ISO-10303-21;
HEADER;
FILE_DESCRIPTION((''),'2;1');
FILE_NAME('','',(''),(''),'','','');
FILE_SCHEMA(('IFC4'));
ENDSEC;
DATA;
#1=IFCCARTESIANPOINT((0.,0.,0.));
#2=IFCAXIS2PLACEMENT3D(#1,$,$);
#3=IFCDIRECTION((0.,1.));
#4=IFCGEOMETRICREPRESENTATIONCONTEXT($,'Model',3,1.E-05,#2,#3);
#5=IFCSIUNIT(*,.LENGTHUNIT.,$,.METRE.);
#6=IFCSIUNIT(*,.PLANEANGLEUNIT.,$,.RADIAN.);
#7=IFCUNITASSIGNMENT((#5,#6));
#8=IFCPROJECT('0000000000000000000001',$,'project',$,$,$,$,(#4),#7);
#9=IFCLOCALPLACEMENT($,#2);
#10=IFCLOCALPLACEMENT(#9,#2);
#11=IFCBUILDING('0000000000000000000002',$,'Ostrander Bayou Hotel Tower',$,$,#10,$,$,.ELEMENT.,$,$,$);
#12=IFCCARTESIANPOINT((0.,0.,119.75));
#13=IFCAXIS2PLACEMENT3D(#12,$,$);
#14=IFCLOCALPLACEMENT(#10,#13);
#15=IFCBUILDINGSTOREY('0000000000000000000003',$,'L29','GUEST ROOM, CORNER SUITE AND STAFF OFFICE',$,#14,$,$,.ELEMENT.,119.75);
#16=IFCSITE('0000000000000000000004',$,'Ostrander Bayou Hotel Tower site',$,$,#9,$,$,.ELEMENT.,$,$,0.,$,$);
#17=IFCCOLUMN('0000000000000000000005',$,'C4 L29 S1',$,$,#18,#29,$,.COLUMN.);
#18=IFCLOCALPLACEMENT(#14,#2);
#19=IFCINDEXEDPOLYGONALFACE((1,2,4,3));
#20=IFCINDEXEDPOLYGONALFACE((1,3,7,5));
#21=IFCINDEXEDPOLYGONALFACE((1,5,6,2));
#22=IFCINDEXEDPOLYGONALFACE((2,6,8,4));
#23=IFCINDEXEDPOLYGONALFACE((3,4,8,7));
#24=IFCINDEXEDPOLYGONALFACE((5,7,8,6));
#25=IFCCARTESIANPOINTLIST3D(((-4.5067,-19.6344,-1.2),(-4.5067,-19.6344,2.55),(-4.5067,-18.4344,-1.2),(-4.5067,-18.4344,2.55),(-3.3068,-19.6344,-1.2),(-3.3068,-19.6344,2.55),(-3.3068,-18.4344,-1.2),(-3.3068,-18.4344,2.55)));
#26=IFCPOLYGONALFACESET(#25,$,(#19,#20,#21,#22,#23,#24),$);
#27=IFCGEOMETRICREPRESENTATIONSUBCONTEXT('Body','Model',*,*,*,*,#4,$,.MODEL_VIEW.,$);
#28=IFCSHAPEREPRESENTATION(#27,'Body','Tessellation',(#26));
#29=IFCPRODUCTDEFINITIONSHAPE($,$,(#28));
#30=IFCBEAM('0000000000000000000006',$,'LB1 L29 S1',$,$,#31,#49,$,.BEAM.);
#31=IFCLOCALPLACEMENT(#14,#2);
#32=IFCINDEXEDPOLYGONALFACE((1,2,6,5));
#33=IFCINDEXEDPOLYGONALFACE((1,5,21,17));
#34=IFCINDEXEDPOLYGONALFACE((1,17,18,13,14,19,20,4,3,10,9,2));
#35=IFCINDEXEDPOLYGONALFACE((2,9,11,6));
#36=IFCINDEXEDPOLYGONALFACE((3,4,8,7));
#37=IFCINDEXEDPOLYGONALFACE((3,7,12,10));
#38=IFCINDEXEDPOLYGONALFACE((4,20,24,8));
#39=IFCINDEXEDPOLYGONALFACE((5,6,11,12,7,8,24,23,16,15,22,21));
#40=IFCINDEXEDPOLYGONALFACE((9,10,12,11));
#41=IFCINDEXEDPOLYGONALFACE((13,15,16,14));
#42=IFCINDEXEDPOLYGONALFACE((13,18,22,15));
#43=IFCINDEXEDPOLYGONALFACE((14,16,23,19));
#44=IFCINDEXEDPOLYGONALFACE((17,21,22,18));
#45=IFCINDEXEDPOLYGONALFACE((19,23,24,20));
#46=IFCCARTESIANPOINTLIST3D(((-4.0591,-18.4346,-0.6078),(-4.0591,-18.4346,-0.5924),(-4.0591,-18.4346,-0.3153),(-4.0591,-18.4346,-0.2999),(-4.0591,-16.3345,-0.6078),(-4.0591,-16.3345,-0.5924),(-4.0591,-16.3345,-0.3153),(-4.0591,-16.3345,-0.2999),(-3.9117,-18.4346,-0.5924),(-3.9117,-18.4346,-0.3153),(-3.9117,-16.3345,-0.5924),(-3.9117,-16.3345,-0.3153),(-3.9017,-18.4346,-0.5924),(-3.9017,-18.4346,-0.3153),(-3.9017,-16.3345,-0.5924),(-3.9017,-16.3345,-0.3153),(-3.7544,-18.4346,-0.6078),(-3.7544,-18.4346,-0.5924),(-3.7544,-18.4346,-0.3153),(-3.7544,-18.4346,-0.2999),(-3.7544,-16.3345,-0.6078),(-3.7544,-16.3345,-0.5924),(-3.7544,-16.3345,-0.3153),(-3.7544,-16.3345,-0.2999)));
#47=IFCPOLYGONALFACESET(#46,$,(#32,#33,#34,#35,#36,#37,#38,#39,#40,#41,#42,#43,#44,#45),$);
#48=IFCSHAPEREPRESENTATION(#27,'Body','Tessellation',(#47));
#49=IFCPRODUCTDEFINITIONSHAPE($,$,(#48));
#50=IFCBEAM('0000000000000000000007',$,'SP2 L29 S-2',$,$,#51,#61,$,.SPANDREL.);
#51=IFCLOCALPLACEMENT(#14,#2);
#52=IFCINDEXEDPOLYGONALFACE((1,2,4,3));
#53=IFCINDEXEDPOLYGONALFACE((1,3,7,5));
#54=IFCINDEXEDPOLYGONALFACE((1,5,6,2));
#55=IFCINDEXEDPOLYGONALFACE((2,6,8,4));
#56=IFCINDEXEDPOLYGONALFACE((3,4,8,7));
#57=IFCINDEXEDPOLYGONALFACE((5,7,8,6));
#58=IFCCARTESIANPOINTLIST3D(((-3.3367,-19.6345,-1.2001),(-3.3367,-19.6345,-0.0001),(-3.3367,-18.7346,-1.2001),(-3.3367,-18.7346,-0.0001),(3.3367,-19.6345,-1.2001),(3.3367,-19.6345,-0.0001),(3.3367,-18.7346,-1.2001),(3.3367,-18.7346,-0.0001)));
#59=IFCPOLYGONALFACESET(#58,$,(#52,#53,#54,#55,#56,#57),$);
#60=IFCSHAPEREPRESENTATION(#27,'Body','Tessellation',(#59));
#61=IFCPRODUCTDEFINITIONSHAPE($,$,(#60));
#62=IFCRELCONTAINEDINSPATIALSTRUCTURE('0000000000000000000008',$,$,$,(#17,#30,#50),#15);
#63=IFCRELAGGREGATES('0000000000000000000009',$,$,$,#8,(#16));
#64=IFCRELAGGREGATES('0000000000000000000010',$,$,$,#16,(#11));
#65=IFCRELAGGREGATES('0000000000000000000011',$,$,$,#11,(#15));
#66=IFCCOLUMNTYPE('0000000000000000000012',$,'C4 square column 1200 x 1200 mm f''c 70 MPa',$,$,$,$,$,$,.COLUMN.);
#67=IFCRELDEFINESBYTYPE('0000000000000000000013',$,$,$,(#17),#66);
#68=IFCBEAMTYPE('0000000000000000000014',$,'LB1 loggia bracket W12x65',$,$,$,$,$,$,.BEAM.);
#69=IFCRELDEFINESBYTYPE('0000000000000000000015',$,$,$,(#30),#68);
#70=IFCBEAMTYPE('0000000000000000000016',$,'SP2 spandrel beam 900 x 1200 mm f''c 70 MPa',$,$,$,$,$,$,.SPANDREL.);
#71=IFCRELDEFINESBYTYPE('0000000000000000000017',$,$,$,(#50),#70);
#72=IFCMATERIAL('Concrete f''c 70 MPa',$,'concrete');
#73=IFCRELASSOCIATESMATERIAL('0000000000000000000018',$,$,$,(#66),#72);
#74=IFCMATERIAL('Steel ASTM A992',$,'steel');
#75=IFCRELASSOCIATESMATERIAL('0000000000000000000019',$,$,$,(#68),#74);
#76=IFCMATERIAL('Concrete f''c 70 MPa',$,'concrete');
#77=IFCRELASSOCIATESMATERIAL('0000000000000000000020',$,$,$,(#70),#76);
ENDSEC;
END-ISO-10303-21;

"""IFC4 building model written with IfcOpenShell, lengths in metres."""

from ifc_helpers import new_model, si_unit, direction, frame, origin, origin_2d, place, context, subcontext, project, spatial, rectangle, i_section, extrude, material, material_profile, profile_set, type_object, element, save


model = new_model("IFC4")

# Units and contexts
model_context = context("Model", 3, precision=1e-05, world=origin(), true_north=direction((0.0, 1.0)))
body_context = subcontext(model_context, "Body", "Model", "MODEL_VIEW")
ifc_project = project(units=[si_unit("LENGTHUNIT", "METRE"), si_unit("PLANEANGLEUNIT", "RADIAN")], contexts=[model_context])

# Site, building, storey
site_placement = place(None, origin())
site = spatial("IfcSite", under=ifc_project, at=site_placement, Name="Ostrander Bayou Hotel Tower site", CompositionType="ELEMENT", RefElevation=0.0)
building_placement = place(site_placement, origin())
building = spatial("IfcBuilding", under=site, at=building_placement, Name="Ostrander Bayou Hotel Tower", CompositionType="ELEMENT")
storey_placement = place(building_placement, frame((0.0, 0.0, 119.75)))
storey = spatial("IfcBuildingStorey", under=building, at=storey_placement, Name="L29", Description="GUEST ROOM, CORNER SUITE AND STAFF OFFICE", CompositionType="ELEMENT", Elevation=119.75)

# Column
ifc_material_1 = material(Name="Concrete f'c 70 MPa", Category="concrete")
ifc_material_profile_1 = material_profile(ifc_material_1, rectangle(XDim=1.2, YDim=1.2, at=origin_2d()))
ifc_profile_set_1 = profile_set([ifc_material_profile_1], Name="Concrete f'c 70 MPa")
column_type = type_object("IfcColumnType", Name="C4 square column 1200 x 1200 mm f'c 70 MPa", PredefinedType="COLUMN", material=ifc_profile_set_1)
column_placement = place(storey_placement, frame((-3.9067, -19.0344, -1.2), z_axis=(0.0, 0.0, 1.0), x_axis=(-1.0, 0.0, 0.0)))
element("IfcColumn", 1, at=column_placement, inside=storey, type_object=column_type, Name="C4 L29 S1", PredefinedType="COLUMN", context=body_context, shape_type="SweptSolid", body=[
    extrude(rectangle(XDim=1.2, YDim=1.2, at=origin_2d()), origin(), (0.0, 0.0, 1.0), 3.75),
])

# Beams
ifc_material_2 = material(Name="Steel ASTM A992", Category="steel")
ifc_material_profile_2 = material_profile(ifc_material_2, i_section(OverallWidth=0.3047, OverallDepth=0.3079, WebThickness=0.01, FlangeThickness=0.0154, at=origin_2d()))
ifc_profile_set_2 = profile_set([ifc_material_profile_2], Name="Steel ASTM A992")
beam_type_1 = type_object("IfcBeamType", Name="LB1 loggia bracket W12x65", PredefinedType="BEAM", material=ifc_profile_set_2)
beam_1_placement = place(storey_placement, frame((-3.9067, -18.4346, -0.4539), z_axis=(0.0, 1.0, 0.0), x_axis=(-1.0, 0.0, 0.0)))
element("IfcBeam", 2, at=beam_1_placement, inside=storey, type_object=beam_type_1, Name="LB1 L29 S1", PredefinedType="BEAM", context=body_context, shape_type="SweptSolid", body=[
    extrude(i_section(OverallWidth=0.3047, OverallDepth=0.3079, WebThickness=0.01, FlangeThickness=0.0154, at=origin_2d()), origin(), (0.0, 0.0, 1.0), 2.1001),
])
ifc_material_3 = material(Name="Concrete f'c 70 MPa", Category="concrete")
ifc_material_profile_3 = material_profile(ifc_material_3, rectangle(XDim=0.8999, YDim=1.2, at=origin_2d()))
ifc_profile_set_3 = profile_set([ifc_material_profile_3], Name="Concrete f'c 70 MPa")
beam_type_2 = type_object("IfcBeamType", Name="SP2 spandrel beam 900 x 1200 mm f'c 70 MPa", PredefinedType="SPANDREL", material=ifc_profile_set_3)
beam_2_placement = place(storey_placement, frame((-3.3367, -19.1846, -0.6001), z_axis=(1.0, 0.0, 0.0), x_axis=(0.0, 1.0, 0.0)))
element("IfcBeam", 3, at=beam_2_placement, inside=storey, type_object=beam_type_2, Name="SP2 L29 S-2", PredefinedType="SPANDREL", context=body_context, shape_type="SweptSolid", body=[
    extrude(rectangle(XDim=0.8999, YDim=1.2, at=origin_2d()), origin(), (0.0, 0.0, 1.0), 6.6733),
])

save(model, "model.ifc")
